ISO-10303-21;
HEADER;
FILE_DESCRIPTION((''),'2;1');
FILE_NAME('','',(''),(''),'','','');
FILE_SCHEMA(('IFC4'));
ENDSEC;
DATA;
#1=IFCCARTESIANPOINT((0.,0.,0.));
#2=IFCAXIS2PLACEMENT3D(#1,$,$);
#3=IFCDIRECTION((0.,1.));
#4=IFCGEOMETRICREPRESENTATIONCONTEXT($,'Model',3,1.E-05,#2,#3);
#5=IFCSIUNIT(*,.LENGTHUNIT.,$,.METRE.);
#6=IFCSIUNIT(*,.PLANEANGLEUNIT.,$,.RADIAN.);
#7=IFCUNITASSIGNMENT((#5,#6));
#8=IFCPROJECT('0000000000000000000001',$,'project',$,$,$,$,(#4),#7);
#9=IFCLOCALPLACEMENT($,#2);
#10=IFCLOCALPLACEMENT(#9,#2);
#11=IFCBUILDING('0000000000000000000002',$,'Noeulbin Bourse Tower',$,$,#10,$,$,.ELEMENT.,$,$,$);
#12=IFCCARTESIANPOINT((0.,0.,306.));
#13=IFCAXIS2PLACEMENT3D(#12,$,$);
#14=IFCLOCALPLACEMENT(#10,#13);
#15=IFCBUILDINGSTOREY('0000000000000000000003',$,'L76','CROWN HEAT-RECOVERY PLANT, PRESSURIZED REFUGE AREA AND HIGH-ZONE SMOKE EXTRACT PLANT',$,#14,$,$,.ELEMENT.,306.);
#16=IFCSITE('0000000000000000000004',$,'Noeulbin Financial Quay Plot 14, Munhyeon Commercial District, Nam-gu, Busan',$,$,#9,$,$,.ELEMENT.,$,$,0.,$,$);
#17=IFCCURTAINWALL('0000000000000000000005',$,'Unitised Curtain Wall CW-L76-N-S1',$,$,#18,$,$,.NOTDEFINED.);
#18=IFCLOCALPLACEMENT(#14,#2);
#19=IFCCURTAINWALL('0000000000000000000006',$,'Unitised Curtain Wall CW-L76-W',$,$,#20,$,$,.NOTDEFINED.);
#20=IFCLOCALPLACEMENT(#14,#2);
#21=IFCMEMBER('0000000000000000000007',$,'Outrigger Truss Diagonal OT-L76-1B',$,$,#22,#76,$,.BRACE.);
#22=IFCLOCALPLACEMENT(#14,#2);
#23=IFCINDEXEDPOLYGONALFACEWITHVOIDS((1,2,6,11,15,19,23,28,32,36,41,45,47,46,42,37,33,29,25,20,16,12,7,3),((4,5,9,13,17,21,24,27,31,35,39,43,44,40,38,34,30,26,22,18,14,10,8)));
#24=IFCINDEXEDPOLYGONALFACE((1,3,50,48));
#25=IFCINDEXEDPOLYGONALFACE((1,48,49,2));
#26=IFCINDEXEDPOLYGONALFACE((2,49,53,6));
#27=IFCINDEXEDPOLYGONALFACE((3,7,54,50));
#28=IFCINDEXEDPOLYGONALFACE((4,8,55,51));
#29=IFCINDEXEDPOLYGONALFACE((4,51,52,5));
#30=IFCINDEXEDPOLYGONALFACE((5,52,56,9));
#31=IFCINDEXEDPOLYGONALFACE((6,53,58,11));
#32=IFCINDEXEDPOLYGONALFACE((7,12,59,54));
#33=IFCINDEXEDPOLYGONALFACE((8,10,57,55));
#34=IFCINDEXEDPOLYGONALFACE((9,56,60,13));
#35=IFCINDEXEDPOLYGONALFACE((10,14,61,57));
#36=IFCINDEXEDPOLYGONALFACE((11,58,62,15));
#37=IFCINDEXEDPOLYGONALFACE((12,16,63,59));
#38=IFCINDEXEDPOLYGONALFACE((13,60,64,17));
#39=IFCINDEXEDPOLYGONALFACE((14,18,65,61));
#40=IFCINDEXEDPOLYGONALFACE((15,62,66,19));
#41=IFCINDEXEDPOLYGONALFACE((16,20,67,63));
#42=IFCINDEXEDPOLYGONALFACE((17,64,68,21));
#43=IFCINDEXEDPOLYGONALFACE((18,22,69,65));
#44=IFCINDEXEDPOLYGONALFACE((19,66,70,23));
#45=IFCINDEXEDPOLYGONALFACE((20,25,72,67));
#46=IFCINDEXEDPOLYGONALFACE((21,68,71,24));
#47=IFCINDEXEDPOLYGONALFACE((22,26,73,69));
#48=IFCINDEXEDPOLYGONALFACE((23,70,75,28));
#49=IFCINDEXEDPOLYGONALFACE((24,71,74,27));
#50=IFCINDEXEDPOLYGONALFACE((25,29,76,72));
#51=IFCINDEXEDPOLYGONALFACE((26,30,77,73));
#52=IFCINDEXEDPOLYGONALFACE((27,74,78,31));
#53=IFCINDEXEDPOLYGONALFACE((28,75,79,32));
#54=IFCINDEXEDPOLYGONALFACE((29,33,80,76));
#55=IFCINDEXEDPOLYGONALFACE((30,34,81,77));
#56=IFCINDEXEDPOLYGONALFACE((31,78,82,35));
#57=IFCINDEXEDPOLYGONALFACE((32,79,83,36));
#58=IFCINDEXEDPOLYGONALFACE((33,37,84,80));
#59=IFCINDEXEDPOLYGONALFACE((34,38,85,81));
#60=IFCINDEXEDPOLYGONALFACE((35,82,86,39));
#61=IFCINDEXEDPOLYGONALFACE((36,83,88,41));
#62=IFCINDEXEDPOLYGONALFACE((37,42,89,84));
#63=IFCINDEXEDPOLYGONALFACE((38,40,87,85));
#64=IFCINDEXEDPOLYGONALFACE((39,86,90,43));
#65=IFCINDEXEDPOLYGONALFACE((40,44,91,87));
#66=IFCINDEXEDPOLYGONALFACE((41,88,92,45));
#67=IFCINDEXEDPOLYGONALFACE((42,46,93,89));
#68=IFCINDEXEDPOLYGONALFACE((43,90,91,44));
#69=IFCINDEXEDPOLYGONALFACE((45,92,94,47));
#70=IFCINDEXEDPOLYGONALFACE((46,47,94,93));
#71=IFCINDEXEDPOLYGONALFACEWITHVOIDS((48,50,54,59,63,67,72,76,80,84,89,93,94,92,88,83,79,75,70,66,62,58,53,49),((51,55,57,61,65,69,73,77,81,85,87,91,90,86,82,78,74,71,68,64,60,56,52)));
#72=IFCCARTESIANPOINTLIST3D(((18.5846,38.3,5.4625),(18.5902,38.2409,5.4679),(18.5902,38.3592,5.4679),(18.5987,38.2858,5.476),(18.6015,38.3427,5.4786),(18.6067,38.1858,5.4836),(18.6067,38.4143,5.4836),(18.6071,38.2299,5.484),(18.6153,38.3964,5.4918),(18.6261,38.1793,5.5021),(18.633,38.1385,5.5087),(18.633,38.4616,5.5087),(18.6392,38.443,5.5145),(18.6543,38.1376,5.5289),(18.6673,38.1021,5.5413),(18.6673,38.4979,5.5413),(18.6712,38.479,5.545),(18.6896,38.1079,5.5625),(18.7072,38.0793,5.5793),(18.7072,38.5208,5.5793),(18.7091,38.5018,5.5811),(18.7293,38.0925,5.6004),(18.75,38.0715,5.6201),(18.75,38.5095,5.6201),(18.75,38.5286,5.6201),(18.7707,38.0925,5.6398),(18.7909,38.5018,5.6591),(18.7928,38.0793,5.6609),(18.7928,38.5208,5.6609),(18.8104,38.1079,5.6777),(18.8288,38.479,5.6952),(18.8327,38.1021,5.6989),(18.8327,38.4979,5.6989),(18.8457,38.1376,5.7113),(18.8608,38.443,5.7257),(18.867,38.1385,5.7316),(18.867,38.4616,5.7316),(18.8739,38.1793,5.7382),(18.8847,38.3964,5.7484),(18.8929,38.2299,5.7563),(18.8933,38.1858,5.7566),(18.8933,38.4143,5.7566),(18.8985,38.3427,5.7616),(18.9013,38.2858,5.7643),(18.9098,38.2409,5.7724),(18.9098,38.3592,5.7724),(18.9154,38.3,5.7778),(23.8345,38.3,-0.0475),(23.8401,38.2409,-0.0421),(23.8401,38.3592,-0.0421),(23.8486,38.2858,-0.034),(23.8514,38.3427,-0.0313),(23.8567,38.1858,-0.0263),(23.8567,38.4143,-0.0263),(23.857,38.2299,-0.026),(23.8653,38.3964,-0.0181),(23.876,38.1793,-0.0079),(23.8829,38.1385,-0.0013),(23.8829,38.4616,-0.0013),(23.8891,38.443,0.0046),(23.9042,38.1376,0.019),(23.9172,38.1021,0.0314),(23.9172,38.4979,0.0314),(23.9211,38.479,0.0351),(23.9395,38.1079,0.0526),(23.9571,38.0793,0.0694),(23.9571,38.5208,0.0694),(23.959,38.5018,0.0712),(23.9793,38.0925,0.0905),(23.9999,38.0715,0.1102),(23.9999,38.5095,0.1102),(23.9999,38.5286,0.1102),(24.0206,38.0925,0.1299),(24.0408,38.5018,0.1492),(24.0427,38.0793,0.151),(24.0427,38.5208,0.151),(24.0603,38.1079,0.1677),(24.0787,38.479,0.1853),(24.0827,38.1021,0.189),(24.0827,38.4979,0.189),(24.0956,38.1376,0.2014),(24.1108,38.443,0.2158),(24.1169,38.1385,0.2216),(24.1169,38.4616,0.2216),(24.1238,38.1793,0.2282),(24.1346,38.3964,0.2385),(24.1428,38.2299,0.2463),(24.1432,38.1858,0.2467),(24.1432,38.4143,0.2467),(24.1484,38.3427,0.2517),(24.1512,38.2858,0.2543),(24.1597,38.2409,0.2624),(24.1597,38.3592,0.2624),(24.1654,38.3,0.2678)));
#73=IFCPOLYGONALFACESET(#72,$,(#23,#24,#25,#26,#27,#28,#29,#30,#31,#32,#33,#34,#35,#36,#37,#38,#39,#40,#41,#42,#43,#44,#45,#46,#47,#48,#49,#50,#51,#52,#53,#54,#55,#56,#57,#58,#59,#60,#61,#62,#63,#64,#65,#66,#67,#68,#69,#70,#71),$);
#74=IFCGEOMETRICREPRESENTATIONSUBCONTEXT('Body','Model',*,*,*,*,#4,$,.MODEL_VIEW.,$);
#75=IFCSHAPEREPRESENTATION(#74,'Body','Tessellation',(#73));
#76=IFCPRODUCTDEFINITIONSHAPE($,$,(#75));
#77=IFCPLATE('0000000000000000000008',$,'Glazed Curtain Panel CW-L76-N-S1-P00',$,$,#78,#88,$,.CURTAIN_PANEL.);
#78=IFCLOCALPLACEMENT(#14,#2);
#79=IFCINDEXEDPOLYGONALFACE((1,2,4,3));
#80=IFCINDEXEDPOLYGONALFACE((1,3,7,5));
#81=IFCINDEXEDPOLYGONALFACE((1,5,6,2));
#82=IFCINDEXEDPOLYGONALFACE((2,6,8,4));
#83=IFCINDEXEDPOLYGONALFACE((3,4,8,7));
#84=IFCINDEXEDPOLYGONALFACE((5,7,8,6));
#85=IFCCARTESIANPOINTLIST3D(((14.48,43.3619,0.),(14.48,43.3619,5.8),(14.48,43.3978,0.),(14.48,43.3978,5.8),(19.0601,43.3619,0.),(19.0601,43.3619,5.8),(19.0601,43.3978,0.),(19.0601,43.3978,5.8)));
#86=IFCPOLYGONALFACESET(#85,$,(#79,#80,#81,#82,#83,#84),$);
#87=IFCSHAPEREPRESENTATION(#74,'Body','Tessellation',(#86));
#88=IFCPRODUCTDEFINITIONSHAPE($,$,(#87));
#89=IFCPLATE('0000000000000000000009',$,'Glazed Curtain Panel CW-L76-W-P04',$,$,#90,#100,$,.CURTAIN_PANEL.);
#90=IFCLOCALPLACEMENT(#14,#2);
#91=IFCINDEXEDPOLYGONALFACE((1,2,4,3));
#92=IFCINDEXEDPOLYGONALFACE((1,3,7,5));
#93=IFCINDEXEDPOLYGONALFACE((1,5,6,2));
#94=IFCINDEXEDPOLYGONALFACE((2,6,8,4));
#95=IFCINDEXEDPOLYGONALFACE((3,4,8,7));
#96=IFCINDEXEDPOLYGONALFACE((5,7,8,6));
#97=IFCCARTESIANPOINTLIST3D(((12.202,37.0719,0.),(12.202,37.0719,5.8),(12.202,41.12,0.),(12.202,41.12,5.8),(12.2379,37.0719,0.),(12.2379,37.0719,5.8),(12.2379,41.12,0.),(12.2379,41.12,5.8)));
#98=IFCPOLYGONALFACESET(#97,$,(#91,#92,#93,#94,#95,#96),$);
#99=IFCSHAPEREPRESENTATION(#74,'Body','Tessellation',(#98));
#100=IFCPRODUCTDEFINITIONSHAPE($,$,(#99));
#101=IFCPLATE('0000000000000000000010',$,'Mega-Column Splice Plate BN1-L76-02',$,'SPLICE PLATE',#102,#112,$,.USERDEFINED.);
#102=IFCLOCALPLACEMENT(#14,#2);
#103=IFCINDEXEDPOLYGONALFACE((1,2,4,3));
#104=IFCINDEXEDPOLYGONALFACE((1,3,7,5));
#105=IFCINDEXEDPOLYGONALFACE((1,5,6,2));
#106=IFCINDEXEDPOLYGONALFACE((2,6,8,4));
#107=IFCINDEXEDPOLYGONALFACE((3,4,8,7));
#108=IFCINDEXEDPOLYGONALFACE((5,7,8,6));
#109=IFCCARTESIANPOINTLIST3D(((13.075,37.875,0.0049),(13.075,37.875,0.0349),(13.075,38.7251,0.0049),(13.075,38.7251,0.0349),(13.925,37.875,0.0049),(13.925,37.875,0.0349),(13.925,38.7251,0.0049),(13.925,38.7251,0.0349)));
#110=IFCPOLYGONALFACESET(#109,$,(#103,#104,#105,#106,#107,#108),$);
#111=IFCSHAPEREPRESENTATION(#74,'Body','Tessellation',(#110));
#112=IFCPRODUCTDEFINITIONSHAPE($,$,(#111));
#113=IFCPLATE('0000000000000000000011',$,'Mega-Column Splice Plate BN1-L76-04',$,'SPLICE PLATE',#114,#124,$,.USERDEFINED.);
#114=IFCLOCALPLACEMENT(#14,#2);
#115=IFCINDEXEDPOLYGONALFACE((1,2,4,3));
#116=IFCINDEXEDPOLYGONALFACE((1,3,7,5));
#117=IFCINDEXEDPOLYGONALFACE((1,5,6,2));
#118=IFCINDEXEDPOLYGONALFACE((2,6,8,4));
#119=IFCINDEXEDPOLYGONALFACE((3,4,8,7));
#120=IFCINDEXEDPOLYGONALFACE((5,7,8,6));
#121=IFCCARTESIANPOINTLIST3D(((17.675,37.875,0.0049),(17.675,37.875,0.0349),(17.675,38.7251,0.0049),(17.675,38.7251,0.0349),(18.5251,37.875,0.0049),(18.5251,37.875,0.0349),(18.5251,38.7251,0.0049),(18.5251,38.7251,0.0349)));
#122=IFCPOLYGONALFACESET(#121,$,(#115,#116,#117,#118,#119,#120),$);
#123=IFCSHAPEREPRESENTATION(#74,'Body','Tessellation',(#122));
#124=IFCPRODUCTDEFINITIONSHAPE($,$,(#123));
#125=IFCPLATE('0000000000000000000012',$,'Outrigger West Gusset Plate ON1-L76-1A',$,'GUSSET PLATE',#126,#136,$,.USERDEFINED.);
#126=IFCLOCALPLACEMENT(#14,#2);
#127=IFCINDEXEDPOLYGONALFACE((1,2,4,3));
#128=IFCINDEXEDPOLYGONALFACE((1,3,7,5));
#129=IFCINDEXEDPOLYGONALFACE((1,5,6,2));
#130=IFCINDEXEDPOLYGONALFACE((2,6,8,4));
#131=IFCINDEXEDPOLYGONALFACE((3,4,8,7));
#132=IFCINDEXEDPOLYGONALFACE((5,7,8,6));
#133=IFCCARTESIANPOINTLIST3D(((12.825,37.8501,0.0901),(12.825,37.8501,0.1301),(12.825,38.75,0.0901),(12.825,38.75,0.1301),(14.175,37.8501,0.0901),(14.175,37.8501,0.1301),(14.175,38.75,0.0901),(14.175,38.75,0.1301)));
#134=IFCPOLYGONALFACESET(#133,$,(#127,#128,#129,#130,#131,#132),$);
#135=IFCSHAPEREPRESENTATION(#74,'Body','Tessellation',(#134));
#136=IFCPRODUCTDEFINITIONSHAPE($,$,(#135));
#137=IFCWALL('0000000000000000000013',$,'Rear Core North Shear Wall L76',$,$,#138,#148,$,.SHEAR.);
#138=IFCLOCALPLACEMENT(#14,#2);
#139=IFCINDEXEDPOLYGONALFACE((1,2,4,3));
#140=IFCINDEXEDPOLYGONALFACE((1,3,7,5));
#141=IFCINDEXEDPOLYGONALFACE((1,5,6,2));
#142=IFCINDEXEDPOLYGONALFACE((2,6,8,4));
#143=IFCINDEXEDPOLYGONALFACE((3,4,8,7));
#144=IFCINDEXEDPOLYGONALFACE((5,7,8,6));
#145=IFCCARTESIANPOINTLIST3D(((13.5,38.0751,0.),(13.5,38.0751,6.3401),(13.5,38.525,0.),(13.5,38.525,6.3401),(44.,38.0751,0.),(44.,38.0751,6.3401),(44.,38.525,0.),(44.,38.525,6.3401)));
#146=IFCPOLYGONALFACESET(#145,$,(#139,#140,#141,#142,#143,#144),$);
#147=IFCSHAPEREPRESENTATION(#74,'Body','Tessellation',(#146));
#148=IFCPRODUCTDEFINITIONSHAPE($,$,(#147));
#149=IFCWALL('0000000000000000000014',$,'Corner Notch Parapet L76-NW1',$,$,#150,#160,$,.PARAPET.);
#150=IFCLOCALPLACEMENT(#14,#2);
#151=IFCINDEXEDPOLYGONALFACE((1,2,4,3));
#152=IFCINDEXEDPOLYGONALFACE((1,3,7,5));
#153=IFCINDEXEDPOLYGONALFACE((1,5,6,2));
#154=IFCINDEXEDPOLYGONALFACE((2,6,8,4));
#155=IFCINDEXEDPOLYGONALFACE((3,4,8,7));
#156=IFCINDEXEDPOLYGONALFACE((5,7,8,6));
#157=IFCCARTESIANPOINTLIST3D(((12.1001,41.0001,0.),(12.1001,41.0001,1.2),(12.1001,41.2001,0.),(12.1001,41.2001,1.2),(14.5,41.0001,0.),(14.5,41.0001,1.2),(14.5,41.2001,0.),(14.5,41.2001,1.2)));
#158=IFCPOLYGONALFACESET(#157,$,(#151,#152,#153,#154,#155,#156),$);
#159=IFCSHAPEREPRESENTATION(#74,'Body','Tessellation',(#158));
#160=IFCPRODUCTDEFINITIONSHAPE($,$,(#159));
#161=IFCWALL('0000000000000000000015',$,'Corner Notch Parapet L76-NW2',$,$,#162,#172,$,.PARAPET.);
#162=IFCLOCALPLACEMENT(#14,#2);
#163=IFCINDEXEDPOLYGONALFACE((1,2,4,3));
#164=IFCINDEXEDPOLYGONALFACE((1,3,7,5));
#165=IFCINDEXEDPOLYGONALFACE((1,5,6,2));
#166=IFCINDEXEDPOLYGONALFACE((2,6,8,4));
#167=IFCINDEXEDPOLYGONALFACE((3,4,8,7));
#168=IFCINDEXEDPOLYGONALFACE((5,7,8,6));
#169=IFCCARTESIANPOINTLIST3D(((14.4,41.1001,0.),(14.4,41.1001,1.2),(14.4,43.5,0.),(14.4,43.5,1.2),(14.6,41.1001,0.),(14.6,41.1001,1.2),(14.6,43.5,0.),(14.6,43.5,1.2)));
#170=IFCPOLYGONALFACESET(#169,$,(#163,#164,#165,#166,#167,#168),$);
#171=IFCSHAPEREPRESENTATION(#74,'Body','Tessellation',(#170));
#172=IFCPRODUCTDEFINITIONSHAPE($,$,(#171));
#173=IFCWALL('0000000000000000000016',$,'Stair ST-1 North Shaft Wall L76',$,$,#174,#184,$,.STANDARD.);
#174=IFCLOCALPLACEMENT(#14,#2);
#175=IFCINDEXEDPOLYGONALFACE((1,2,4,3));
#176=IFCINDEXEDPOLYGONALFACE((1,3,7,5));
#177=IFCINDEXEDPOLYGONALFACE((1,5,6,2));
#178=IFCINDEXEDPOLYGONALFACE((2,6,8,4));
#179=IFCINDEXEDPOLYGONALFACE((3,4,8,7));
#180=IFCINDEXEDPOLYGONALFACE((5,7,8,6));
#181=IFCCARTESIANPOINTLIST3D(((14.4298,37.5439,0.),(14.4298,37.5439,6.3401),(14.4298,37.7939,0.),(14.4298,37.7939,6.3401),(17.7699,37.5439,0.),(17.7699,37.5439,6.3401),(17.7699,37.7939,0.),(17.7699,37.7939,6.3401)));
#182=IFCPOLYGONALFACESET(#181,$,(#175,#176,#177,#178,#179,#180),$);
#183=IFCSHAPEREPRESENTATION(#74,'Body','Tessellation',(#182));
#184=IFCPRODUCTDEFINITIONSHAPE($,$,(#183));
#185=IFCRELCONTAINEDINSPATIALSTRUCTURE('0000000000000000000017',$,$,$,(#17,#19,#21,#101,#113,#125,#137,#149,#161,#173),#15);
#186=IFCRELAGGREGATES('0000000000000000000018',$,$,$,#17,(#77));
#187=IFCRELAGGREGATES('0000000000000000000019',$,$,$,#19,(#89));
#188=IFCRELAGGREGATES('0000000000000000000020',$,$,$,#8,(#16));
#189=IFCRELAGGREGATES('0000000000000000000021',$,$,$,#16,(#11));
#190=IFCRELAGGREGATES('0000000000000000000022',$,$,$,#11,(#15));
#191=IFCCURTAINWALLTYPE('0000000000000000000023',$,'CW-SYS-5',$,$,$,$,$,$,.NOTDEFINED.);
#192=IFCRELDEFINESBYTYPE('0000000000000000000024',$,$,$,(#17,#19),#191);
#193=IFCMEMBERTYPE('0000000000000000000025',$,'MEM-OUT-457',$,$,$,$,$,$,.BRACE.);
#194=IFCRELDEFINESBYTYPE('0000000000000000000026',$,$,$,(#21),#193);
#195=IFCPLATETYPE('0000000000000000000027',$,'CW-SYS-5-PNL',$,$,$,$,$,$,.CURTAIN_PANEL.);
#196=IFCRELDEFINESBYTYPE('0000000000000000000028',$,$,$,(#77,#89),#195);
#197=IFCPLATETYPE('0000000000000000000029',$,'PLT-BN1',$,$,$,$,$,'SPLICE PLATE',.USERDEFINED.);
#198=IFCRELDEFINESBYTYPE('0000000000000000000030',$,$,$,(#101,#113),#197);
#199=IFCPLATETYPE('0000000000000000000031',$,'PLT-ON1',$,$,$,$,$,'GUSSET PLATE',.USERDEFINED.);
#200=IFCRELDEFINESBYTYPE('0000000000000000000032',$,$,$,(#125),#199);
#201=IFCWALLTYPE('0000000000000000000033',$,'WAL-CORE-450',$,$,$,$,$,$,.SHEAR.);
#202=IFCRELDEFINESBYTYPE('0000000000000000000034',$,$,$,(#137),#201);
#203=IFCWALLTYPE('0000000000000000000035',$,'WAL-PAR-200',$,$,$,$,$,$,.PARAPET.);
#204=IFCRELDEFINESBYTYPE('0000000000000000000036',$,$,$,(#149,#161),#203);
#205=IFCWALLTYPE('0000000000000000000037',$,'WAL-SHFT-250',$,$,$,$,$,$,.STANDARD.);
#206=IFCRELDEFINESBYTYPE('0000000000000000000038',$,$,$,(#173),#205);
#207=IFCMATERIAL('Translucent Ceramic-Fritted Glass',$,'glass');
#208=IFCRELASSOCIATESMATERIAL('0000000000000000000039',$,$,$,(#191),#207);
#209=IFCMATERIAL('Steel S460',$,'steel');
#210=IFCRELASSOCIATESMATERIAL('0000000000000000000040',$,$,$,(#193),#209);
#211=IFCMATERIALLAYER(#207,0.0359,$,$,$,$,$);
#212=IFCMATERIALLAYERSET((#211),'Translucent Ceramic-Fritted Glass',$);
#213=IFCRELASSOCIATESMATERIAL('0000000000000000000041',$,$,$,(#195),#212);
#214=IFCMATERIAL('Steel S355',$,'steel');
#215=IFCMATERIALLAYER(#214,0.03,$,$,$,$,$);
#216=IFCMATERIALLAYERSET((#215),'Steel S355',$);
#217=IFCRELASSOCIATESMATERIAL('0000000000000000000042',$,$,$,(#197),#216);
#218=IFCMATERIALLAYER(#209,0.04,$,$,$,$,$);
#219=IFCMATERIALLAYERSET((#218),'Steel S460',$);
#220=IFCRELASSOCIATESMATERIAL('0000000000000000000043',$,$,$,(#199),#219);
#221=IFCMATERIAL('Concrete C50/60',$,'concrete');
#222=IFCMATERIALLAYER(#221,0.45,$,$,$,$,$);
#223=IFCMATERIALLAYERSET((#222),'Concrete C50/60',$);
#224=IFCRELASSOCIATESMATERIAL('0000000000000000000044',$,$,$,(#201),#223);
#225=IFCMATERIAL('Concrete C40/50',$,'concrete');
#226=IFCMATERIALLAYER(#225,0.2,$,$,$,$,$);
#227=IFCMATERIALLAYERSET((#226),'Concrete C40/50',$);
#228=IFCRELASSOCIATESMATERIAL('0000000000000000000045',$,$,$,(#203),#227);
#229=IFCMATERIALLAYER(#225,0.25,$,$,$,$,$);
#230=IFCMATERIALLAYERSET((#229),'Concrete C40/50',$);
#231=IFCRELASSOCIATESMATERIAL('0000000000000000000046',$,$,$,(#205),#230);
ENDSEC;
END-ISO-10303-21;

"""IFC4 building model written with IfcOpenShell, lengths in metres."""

from ifc_helpers import new_model, si_unit, direction, frame, frame_2d, origin, origin_2d, place, context, subcontext, project, spatial, rectangle, hollow_circle, extrude, material, layer, layer_set, material_profile, profile_set, type_object, element, aggregate, save


model = new_model("IFC4")

# Units and contexts
model_context = context("Model", 3, precision=1e-05, world=origin(), true_north=direction((0.0, 1.0)))
body_context = subcontext(model_context, "Body", "Model", "MODEL_VIEW")
ifc_project = project(units=[si_unit("LENGTHUNIT", "METRE"), si_unit("PLANEANGLEUNIT", "RADIAN")], contexts=[model_context])

# Site, building, storey
site_placement = place(None, origin())
site = spatial("IfcSite", under=ifc_project, at=site_placement, Name="Noeulbin Financial Quay Plot 14, Munhyeon Commercial District, Nam-gu, Busan", CompositionType="ELEMENT", RefElevation=0.0)
building_placement = place(site_placement, origin())
building = spatial("IfcBuilding", under=site, at=building_placement, Name="Noeulbin Bourse Tower", CompositionType="ELEMENT")
storey_placement = place(building_placement, frame((0.0, 0.0, 306.0)))
storey = spatial("IfcBuildingStorey", under=building, at=storey_placement, Name="L76", Description="CROWN HEAT-RECOVERY PLANT, PRESSURIZED REFUGE AREA AND HIGH-ZONE SMOKE EXTRACT PLANT", CompositionType="ELEMENT", Elevation=306.0)

# Shared definitions
ifc_material_1 = material(Name="Steel S355", Category="steel")

# Curtain walls
ifc_material_2 = material(Name="Translucent Ceramic-Fritted Glass", Category="glass")
curtain_wall_type = type_object("IfcCurtainWallType", Name="CW-SYS-5", PredefinedType="NOTDEFINED", material=ifc_material_2)
curtain_wall_1_placement = place(storey_placement, origin())
curtain_wall_1 = element("IfcCurtainWall", 1, at=curtain_wall_1_placement, inside=storey, type_object=curtain_wall_type, Name="Unitised Curtain Wall CW-L76-N-S1", PredefinedType="NOTDEFINED")
curtain_wall_2_placement = place(storey_placement, origin())
curtain_wall_2 = element("IfcCurtainWall", 2, at=curtain_wall_2_placement, inside=storey, type_object=curtain_wall_type, Name="Unitised Curtain Wall CW-L76-W", PredefinedType="NOTDEFINED")

# Member
ifc_material_3 = material(Name="Steel S460", Category="steel")
ifc_material_profile_1 = material_profile(ifc_material_3, hollow_circle(Radius=0.2285, WallThickness=0.019, at=origin_2d()), Name="CHS-457.2x19.0", Category="LoadBearing")
ifc_profile_set_1 = profile_set([ifc_material_profile_1], Name="Steel S460")
member_type_1 = type_object("IfcMemberType", Name="MEM-OUT-457", PredefinedType="BRACE", material=ifc_profile_set_1)
for number, where, z_axis, x_axis, name in (
    (3, (18.75, 38.3, 5.6201), (0.689819, 0.0, -0.723982), (0.0, 1.0, 0.0), "Outrigger Truss Diagonal OT-L76-1B"),
):
    element("IfcMember", number, at=place(storey_placement, frame(where, z_axis=z_axis, x_axis=x_axis)), inside=storey, type_object=member_type_1, Name=name, PredefinedType="BRACE", context=body_context, shape_type="SweptSolid", body=[
        extrude(hollow_circle(Radius=0.2285, WallThickness=0.019, at=origin_2d()), origin(), (0.0, 0.0, 1.0), 7.6106),
    ])

# Plates
ifc_layer_1 = layer(ifc_material_2, 0.0359)
ifc_layer_set_1 = layer_set([ifc_layer_1], Name="Translucent Ceramic-Fritted Glass")
plate_type_1 = type_object("IfcPlateType", Name="CW-SYS-5-PNL", PredefinedType="CURTAIN_PANEL", material=ifc_layer_set_1)
plate_1_placement = place(storey_placement, frame((16.77, 43.3799, 0.0), z_axis=(0.0, 0.0, 1.0), x_axis=(1.0, 0.0, 0.0)))
plate_1 = element("IfcPlate", 4, at=plate_1_placement, type_object=plate_type_1, Name="Glazed Curtain Panel CW-L76-N-S1-P00", PredefinedType="CURTAIN_PANEL", context=body_context, shape_type="SweptSolid", body=[
    extrude(rectangle(XDim=4.5801, YDim=0.0359, at=origin_2d()), origin(), (0.0, 0.0, 1.0), 5.8),
])
aggregate(curtain_wall_1, [plate_1])
plate_2_placement = place(storey_placement, frame((12.22, 39.0959, 0.0), z_axis=(0.0, 0.0, 1.0), x_axis=(0.0, 1.0, 0.0)))
plate_2 = element("IfcPlate", 5, at=plate_2_placement, type_object=plate_type_1, Name="Glazed Curtain Panel CW-L76-W-P04", PredefinedType="CURTAIN_PANEL", context=body_context, shape_type="SweptSolid", body=[
    extrude(rectangle(XDim=4.0481, YDim=0.0359, at=origin_2d()), origin(), (0.0, 0.0, 1.0), 5.8),
])
aggregate(curtain_wall_2, [plate_2])

# Plates
ifc_layer_2 = layer(ifc_material_1, 0.03)
ifc_layer_set_2 = layer_set([ifc_layer_2], Name="Steel S355")
plate_type_2 = type_object("IfcPlateType", Name="PLT-BN1", ElementType="SPLICE PLATE", PredefinedType="USERDEFINED", material=ifc_layer_set_2)
for number, where, z_axis, x_axis, name in (
    (6, (13.5, 38.3, 0.0049), (0.0, 0.0, 1.0), (1.0, 0.0, 0.0), "Mega-Column Splice Plate BN1-L76-02"),
    (7, (18.1001, 38.3, 0.0049), (0.0, 0.0, 1.0), (1.0, 0.0, 0.0), "Mega-Column Splice Plate BN1-L76-04"),
):
    element("IfcPlate", number, at=place(storey_placement, frame(where, z_axis=z_axis, x_axis=x_axis)), inside=storey, type_object=plate_type_2, Name=name, ObjectType="SPLICE PLATE", PredefinedType="USERDEFINED", context=body_context, shape_type="SweptSolid", body=[
        extrude(rectangle(XDim=0.8501, YDim=0.8501, at=origin_2d()), origin(), (0.0, 0.0, 1.0), 0.03),
    ])
ifc_layer_3 = layer(ifc_material_3, 0.04)
ifc_layer_set_3 = layer_set([ifc_layer_3], Name="Steel S460")
plate_type_3 = type_object("IfcPlateType", Name="PLT-ON1", ElementType="GUSSET PLATE", PredefinedType="USERDEFINED", material=ifc_layer_set_3)
plate_3_placement = place(storey_placement, frame((13.5, 38.3, 0.0901), z_axis=(0.0, 0.0, 1.0), x_axis=(1.0, 0.0, 0.0)))
element("IfcPlate", 8, at=plate_3_placement, inside=storey, type_object=plate_type_3, Name="Outrigger West Gusset Plate ON1-L76-1A", ObjectType="GUSSET PLATE", PredefinedType="USERDEFINED", context=body_context, shape_type="SweptSolid", body=[
    extrude(rectangle(XDim=1.3501, YDim=0.8999, at=origin_2d()), origin(), (0.0, 0.0, 1.0), 0.04),
])

# Walls
ifc_material_4 = material(Name="Concrete C50/60", Category="concrete")
ifc_layer_4 = layer(ifc_material_4, 0.45)
ifc_layer_set_4 = layer_set([ifc_layer_4], Name="Concrete C50/60")
wall_type_1 = type_object("IfcWallType", Name="WAL-CORE-450", PredefinedType="SHEAR", material=ifc_layer_set_4)
wall_1_placement = place(storey_placement, frame((13.5, 38.3, 0.0), z_axis=(0.0, 0.0, 1.0), x_axis=(1.0, 0.0, 0.0)))
element("IfcWall", 9, at=wall_1_placement, inside=storey, type_object=wall_type_1, Name="Rear Core North Shear Wall L76", PredefinedType="SHEAR", context=body_context, shape_type="SweptSolid", body=[
    extrude(rectangle(XDim=30.5, YDim=0.45, at=frame_2d((15.25, 0.0))), origin(), (0.0, 0.0, 1.0), 6.3401),
])
ifc_material_5 = material(Name="Concrete C40/50", Category="concrete")
ifc_layer_5 = layer(ifc_material_5, 0.2)
ifc_layer_set_5 = layer_set([ifc_layer_5], Name="Concrete C40/50")
wall_type_2 = type_object("IfcWallType", Name="WAL-PAR-200", PredefinedType="PARAPET", material=ifc_layer_set_5)
for number, where, z_axis, x_axis, name in (
    (10, (12.1001, 41.1001, 0.0), (0.0, 0.0, 1.0), (1.0, 0.0, 0.0), "Corner Notch Parapet L76-NW1"),
    (11, (14.5, 41.1001, 0.0), (0.0, 0.0, 1.0), (0.0, 1.0, 0.0), "Corner Notch Parapet L76-NW2"),
):
    element("IfcWall", number, at=place(storey_placement, frame(where, z_axis=z_axis, x_axis=x_axis)), inside=storey, type_object=wall_type_2, Name=name, PredefinedType="PARAPET", context=body_context, shape_type="SweptSolid", body=[
        extrude(rectangle(XDim=2.3999, YDim=0.2, at=frame_2d((1.2, 0.0))), origin(), (0.0, 0.0, 1.0), 1.2),
    ])
ifc_layer_6 = layer(ifc_material_5, 0.25)
ifc_layer_set_6 = layer_set([ifc_layer_6], Name="Concrete C40/50")
wall_type_3 = type_object("IfcWallType", Name="WAL-SHFT-250", PredefinedType="STANDARD", material=ifc_layer_set_6)
wall_2_placement = place(storey_placement, frame((14.4299, 37.6689, 0.0), z_axis=(0.0, 0.0, 1.0), x_axis=(1.0, 0.0, 0.0)))
element("IfcWall", 12, at=wall_2_placement, inside=storey, type_object=wall_type_3, Name="Stair ST-1 North Shaft Wall L76", PredefinedType="STANDARD", context=body_context, shape_type="SweptSolid", body=[
    extrude(rectangle(XDim=3.3401, YDim=0.25, at=frame_2d((1.6699, 0.0))), origin(), (0.0, 0.0, 1.0), 6.3401),
])

save(model, "model.ifc")
